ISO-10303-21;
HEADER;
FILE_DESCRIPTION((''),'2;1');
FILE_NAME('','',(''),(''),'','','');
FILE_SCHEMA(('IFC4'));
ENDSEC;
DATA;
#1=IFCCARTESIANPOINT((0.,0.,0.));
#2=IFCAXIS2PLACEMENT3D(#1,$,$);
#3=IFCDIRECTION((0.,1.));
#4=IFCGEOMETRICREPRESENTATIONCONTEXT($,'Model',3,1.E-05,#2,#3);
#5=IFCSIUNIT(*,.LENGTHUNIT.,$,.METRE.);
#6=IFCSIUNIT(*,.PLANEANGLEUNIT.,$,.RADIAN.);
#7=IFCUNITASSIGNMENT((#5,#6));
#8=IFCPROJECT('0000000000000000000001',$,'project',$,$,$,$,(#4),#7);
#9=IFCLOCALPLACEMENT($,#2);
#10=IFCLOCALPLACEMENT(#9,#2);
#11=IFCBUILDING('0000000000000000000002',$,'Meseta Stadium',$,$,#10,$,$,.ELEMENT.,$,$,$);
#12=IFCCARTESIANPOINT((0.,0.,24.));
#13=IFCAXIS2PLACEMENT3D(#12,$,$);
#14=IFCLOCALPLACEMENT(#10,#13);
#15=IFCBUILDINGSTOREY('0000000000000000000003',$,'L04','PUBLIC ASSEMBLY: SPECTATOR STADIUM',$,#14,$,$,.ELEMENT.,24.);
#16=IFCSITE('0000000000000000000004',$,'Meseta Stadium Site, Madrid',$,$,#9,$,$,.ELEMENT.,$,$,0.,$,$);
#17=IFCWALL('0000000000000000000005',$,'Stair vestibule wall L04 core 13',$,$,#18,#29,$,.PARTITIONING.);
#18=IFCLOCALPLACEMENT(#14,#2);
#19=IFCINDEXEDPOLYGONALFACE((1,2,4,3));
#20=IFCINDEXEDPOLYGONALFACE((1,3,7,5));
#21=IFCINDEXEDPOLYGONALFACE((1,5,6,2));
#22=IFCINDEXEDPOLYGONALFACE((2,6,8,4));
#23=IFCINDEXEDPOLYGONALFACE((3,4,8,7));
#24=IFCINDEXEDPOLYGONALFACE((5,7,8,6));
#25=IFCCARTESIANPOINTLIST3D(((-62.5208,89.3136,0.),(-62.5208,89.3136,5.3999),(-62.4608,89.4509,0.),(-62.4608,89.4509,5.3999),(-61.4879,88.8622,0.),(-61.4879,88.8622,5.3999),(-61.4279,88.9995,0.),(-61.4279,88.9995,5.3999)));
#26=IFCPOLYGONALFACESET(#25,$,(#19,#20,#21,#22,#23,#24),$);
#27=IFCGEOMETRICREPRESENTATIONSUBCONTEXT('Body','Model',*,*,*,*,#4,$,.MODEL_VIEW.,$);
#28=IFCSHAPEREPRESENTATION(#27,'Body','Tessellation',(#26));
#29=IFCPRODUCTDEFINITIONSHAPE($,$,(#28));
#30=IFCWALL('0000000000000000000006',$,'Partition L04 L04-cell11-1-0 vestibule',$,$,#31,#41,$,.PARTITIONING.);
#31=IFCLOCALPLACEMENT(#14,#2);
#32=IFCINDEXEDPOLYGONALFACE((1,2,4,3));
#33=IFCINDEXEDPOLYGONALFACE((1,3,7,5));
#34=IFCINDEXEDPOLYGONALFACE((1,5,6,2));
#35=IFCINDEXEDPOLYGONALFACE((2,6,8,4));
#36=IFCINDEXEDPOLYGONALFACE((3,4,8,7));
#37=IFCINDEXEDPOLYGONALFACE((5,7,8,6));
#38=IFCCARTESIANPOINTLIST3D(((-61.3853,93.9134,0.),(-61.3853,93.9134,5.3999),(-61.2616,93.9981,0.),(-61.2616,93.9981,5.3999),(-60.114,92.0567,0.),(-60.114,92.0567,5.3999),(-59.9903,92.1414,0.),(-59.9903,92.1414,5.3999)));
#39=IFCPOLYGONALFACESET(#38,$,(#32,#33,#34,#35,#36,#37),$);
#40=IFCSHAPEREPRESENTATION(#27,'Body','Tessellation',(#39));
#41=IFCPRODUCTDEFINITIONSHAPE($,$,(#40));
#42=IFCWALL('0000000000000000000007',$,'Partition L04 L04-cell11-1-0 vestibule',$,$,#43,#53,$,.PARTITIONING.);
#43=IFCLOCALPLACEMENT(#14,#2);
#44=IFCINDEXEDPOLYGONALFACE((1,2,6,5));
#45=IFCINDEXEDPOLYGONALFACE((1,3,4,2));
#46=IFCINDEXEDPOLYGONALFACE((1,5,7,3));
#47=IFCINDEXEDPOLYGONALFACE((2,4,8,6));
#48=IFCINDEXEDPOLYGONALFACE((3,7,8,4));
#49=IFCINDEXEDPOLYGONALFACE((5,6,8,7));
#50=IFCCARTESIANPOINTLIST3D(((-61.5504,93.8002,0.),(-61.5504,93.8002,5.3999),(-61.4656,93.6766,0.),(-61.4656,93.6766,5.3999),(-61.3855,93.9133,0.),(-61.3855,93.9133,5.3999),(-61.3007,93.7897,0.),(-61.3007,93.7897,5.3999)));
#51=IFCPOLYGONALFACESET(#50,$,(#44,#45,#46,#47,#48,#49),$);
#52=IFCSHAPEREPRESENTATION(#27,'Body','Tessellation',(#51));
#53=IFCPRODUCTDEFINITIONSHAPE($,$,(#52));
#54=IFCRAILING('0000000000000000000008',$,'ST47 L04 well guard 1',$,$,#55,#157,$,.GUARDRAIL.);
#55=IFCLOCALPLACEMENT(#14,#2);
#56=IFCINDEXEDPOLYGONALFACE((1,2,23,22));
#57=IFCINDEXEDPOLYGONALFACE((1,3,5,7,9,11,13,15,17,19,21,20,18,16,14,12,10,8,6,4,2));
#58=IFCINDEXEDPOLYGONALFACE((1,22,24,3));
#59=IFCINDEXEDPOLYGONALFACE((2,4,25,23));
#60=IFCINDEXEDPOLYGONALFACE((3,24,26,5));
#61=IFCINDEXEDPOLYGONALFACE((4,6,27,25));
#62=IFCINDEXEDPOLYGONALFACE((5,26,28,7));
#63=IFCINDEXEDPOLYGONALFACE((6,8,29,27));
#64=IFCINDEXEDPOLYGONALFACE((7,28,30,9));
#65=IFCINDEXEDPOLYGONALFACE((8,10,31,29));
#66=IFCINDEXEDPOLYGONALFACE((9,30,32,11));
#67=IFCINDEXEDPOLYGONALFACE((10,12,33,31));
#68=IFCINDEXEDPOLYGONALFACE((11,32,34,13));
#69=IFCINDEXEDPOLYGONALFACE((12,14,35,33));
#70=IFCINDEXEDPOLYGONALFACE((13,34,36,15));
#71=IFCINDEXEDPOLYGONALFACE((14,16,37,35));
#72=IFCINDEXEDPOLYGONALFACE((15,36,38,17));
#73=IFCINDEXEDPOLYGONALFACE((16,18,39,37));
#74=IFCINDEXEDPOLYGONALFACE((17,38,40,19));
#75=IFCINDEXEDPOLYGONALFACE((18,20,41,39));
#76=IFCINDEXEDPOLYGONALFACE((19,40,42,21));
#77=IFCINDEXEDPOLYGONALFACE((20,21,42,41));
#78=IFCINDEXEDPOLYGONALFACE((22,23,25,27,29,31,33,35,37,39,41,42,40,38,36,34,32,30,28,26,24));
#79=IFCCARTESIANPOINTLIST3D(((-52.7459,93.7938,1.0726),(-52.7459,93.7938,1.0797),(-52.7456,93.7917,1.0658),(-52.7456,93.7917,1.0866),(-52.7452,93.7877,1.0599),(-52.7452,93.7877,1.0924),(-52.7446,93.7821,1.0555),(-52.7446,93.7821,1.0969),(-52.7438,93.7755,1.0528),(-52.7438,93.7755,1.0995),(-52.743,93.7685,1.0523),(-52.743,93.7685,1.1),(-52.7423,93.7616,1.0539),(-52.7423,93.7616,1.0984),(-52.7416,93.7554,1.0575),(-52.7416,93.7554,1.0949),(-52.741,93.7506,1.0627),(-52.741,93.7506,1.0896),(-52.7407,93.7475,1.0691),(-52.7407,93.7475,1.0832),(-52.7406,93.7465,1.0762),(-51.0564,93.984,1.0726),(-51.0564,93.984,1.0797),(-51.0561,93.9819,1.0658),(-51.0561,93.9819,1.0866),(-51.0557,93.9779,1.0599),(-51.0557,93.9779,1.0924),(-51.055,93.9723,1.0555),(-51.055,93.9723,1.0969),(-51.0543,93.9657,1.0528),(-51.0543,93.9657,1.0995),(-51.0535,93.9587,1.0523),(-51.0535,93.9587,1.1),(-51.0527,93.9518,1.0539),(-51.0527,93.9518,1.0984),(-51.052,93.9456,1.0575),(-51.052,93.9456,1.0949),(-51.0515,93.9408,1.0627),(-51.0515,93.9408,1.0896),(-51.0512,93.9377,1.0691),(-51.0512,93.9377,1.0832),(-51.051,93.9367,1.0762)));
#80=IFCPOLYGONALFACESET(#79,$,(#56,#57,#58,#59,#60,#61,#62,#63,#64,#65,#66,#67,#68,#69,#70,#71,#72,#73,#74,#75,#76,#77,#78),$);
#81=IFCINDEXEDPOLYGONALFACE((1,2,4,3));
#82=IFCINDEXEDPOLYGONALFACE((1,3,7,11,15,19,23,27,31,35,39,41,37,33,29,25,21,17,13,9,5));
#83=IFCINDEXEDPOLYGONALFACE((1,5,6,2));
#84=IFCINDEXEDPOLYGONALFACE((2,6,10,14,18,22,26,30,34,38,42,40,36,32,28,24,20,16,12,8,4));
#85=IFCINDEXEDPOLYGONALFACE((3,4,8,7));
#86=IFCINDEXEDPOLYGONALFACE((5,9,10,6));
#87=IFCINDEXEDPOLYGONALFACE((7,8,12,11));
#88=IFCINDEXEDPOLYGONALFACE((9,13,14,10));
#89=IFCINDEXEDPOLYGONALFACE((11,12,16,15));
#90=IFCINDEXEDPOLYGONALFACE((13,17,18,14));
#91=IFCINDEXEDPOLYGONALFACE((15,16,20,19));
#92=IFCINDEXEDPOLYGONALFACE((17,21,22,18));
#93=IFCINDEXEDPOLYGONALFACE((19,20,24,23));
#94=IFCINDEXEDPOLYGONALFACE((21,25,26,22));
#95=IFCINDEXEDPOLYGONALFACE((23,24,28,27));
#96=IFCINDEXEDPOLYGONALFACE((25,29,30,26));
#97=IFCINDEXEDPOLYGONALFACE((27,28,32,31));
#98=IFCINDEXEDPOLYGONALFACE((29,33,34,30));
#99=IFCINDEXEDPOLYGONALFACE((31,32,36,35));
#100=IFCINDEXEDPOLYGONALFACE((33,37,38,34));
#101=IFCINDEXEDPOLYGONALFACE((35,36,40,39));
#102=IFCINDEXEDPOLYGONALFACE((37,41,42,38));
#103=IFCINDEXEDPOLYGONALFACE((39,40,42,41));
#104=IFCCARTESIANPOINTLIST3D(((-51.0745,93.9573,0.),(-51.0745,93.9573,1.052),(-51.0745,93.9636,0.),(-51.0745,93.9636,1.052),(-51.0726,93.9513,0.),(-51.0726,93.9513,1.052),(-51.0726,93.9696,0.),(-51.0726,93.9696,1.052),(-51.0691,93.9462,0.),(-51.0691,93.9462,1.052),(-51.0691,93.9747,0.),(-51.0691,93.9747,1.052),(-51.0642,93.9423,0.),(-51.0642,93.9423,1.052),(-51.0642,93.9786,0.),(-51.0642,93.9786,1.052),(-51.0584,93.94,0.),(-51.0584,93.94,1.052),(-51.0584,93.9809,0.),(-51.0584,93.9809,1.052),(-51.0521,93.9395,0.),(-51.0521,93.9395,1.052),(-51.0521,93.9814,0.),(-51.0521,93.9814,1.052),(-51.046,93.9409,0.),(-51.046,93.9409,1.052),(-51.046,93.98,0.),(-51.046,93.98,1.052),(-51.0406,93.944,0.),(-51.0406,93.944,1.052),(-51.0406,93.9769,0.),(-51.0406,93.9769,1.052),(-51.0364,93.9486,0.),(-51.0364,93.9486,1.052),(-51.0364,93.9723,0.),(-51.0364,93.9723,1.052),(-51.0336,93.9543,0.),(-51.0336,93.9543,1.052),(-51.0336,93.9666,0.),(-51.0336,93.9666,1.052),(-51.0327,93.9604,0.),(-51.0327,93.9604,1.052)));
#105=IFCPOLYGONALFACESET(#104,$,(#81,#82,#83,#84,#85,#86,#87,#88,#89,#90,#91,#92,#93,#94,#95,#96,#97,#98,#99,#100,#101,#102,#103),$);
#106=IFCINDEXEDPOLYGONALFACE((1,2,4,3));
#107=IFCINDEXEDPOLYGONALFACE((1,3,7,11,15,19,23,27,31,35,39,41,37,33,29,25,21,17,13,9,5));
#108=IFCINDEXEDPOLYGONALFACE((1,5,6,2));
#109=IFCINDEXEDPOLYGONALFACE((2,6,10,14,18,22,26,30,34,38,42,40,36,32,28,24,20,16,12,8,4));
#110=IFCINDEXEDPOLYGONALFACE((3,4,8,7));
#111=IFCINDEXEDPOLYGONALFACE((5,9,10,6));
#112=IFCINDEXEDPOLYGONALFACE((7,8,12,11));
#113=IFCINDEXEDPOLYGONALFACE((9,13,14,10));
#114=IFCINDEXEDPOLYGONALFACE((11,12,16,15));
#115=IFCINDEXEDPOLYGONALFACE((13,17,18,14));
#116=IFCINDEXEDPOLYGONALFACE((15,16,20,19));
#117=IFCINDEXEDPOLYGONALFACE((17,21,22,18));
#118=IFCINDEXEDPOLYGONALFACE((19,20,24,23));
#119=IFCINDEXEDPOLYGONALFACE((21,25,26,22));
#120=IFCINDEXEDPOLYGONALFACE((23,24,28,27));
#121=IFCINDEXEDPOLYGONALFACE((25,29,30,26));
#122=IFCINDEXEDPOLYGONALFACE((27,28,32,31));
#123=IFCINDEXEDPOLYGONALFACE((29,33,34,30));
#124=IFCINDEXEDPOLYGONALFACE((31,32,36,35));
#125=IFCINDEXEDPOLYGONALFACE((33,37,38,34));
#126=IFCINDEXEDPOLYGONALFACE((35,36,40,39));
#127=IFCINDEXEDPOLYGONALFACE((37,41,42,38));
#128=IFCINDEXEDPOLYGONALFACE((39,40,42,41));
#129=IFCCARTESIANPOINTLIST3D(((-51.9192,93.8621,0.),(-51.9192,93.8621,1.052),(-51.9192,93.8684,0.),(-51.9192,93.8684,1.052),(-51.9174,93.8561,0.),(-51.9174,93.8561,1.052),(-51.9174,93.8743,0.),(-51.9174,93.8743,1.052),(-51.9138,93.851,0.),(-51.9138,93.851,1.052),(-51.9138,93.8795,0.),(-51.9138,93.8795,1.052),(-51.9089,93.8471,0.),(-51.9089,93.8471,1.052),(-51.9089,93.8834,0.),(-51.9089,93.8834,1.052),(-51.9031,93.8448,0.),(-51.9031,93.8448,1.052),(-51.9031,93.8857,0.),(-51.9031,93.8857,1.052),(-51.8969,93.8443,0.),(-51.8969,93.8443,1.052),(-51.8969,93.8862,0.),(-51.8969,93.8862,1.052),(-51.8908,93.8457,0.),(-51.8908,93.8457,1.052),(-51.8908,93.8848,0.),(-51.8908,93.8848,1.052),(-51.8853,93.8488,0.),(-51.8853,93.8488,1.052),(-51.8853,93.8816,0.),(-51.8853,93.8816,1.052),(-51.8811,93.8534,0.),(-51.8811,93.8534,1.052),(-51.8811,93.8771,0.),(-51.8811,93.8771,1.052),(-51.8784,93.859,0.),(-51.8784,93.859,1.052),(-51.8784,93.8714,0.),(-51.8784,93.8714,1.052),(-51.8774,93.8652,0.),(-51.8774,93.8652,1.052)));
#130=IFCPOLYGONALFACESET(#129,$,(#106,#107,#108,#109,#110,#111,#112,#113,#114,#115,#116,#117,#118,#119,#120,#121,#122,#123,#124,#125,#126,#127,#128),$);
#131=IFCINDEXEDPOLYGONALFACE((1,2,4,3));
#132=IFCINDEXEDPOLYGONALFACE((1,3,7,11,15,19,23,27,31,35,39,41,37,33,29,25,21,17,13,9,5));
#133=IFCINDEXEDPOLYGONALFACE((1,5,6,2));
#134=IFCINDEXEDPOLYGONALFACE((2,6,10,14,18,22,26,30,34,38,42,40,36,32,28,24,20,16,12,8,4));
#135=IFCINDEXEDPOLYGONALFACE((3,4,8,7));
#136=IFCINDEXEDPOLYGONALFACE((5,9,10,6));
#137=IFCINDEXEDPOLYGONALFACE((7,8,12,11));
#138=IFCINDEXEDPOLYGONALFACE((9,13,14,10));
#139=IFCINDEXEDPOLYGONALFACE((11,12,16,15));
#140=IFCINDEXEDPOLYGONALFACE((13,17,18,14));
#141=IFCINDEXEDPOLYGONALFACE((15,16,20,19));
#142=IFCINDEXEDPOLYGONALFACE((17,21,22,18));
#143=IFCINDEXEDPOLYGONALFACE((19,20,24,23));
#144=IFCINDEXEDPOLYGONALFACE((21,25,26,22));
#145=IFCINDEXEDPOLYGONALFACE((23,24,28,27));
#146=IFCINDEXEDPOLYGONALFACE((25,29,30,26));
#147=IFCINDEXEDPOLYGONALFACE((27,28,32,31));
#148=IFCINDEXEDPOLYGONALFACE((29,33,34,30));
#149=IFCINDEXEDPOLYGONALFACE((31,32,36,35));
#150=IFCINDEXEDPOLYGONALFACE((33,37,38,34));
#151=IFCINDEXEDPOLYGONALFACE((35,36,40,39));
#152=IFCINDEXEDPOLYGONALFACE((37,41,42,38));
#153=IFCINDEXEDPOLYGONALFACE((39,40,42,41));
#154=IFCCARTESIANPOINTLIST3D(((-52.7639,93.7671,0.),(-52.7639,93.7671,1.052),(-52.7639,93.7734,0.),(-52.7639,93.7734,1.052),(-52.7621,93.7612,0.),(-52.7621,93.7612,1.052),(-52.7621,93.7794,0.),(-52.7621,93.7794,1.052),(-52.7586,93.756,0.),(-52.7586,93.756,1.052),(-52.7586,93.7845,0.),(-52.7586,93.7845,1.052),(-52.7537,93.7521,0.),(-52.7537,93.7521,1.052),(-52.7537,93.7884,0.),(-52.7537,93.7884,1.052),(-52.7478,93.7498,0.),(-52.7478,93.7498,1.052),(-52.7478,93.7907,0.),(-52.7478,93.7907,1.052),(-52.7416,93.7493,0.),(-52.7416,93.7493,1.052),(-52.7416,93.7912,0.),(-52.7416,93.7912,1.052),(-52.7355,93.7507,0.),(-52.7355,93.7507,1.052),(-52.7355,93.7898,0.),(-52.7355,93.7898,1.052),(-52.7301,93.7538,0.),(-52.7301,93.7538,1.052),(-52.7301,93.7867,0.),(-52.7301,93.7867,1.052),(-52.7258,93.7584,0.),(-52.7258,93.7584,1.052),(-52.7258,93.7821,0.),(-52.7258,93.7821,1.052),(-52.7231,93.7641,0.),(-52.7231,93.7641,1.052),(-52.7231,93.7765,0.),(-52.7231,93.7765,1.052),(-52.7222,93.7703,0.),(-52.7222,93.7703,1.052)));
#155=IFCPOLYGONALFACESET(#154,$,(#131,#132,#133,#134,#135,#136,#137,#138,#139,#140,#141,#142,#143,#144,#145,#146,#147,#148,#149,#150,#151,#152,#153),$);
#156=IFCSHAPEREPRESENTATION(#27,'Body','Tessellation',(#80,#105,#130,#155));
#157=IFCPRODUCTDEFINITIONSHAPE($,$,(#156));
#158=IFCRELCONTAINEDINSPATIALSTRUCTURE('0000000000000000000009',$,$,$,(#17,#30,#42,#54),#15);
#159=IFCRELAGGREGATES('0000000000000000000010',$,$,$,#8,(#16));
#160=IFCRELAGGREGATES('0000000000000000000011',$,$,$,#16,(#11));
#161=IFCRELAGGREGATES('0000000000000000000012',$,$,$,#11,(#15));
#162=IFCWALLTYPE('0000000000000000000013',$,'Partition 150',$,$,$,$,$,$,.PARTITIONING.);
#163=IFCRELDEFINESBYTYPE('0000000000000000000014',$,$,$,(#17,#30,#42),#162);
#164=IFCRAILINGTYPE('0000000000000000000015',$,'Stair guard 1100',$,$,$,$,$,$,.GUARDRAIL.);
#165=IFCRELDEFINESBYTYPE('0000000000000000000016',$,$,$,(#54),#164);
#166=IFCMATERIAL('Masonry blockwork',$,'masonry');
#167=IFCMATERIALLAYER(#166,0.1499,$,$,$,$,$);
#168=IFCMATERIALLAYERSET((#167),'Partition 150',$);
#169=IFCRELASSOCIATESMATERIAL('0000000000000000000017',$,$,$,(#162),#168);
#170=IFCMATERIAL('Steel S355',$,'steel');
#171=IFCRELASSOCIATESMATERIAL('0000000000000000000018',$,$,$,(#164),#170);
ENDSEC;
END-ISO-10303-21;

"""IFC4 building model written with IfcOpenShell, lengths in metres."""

from ifc_helpers import new_model, si_unit, direction, frame, frame_2d, origin, origin_2d, place, context, subcontext, project, spatial, rectangle, circle, extrude, material, layer, layer_set, type_object, element, save


model = new_model("IFC4")

# Units and contexts
model_context = context("Model", 3, precision=1e-05, world=origin(), true_north=direction((0.0, 1.0)))
body_context = subcontext(model_context, "Body", "Model", "MODEL_VIEW")
ifc_project = project(units=[si_unit("LENGTHUNIT", "METRE"), si_unit("PLANEANGLEUNIT", "RADIAN")], contexts=[model_context])

# Site, building, storey
site_placement = place(None, origin())
site = spatial("IfcSite", under=ifc_project, at=site_placement, Name="Meseta Stadium Site, Madrid", CompositionType="ELEMENT", RefElevation=0.0)
building_placement = place(site_placement, origin())
building = spatial("IfcBuilding", under=site, at=building_placement, Name="Meseta Stadium", CompositionType="ELEMENT")
storey_placement = place(building_placement, frame((0.0, 0.0, 24.0)))
storey = spatial("IfcBuildingStorey", under=building, at=storey_placement, Name="L04", Description="PUBLIC ASSEMBLY: SPECTATOR STADIUM", CompositionType="ELEMENT", Elevation=24.0)

# Shared definitions
ifc_material_1 = material(Name="Masonry blockwork", Category="masonry")
ifc_layer_1 = layer(ifc_material_1, 0.1499)
ifc_layer_set_1 = layer_set([ifc_layer_1], Name="Partition 150")
wall_type_1 = type_object("IfcWallType", Name="Partition 150", PredefinedType="PARTITIONING", material=ifc_layer_set_1)

# Walls
wall_1_placement = place(storey_placement, frame((-61.458, 88.9309, 0.0), z_axis=(0.0, 0.0, 1.0), x_axis=(-0.916321, 0.400444, 0.0)))
element("IfcWall", 1, at=wall_1_placement, inside=storey, type_object=wall_type_1, Name="Stair vestibule wall L04 core 13", PredefinedType="PARTITIONING", context=body_context, shape_type="SweptSolid", body=[
    extrude(rectangle(XDim=1.1272, YDim=0.1499, at=frame_2d((0.5635, 0.0))), origin(), (0.0, 0.0, 1.0), 5.3999),
])
wall_2_placement = place(storey_placement, frame((-60.0522, 92.0991, 0.0), z_axis=(0.0, 0.0, 1.0), x_axis=(-0.564948, 0.825126, 0.0)))
element("IfcWall", 2, at=wall_2_placement, inside=storey, type_object=wall_type_1, Name="Partition L04 L04-cell11-1-0 vestibule", PredefinedType="PARTITIONING", context=body_context, shape_type="SweptSolid", body=[
    extrude(rectangle(XDim=2.2502, YDim=0.1499, at=frame_2d((1.125, 0.0))), origin(), (0.0, 0.0, 1.0), 5.3999),
])
wall_3_placement = place(storey_placement, frame((-61.343, 93.8516, 0.0), z_axis=(0.0, 0.0, 1.0), x_axis=(-0.824647, -0.565647, 0.0)))
element("IfcWall", 3, at=wall_3_placement, inside=storey, type_object=wall_type_1, Name="Partition L04 L04-cell11-1-0 vestibule", PredefinedType="PARTITIONING", context=body_context, shape_type="SweptSolid", body=[
    extrude(rectangle(XDim=0.2, YDim=0.1499, at=frame_2d((0.1001, 0.0))), origin(), (0.0, 0.0, 1.0), 5.3999),
])

# Railing
ifc_material_2 = material(Name="Steel S355", Category="steel")
railing_type = type_object("IfcRailingType", Name="Stair guard 1100", PredefinedType="GUARDRAIL", material=ifc_material_2)
for number, where, name in (
    (4, (-51.0537, 93.9604, 0.0), "ST47 L04 well guard 1"),
):
    element("IfcRailing", number, at=place(storey_placement, frame(where)), inside=storey, type_object=railing_type, Name=name, PredefinedType="GUARDRAIL", context=body_context, shape_type="SweptSolid", body=[
        extrude(circle(Radius=0.0239, at=origin_2d()), frame((0.0, 0.0, 1.0762), z_axis=(-0.993723, -0.111866, 0.0), x_axis=(0.111866, -0.993723, 0.0)), (0.0, 0.0, 1.0), 1.7002),
        extrude(circle(Radius=0.021, at=origin_2d()), origin(), (0.0, 0.0, 1.0), 1.052),
        extrude(circle(Radius=0.021, at=origin_2d()), frame((-0.8447, -0.0952, 0.0)), (0.0, 0.0, 1.0), 1.052),
        extrude(circle(Radius=0.021, at=origin_2d()), frame((-1.6895, -0.1902, 0.0)), (0.0, 0.0, 1.0), 1.052),
    ])

save(model, "model.ifc")
